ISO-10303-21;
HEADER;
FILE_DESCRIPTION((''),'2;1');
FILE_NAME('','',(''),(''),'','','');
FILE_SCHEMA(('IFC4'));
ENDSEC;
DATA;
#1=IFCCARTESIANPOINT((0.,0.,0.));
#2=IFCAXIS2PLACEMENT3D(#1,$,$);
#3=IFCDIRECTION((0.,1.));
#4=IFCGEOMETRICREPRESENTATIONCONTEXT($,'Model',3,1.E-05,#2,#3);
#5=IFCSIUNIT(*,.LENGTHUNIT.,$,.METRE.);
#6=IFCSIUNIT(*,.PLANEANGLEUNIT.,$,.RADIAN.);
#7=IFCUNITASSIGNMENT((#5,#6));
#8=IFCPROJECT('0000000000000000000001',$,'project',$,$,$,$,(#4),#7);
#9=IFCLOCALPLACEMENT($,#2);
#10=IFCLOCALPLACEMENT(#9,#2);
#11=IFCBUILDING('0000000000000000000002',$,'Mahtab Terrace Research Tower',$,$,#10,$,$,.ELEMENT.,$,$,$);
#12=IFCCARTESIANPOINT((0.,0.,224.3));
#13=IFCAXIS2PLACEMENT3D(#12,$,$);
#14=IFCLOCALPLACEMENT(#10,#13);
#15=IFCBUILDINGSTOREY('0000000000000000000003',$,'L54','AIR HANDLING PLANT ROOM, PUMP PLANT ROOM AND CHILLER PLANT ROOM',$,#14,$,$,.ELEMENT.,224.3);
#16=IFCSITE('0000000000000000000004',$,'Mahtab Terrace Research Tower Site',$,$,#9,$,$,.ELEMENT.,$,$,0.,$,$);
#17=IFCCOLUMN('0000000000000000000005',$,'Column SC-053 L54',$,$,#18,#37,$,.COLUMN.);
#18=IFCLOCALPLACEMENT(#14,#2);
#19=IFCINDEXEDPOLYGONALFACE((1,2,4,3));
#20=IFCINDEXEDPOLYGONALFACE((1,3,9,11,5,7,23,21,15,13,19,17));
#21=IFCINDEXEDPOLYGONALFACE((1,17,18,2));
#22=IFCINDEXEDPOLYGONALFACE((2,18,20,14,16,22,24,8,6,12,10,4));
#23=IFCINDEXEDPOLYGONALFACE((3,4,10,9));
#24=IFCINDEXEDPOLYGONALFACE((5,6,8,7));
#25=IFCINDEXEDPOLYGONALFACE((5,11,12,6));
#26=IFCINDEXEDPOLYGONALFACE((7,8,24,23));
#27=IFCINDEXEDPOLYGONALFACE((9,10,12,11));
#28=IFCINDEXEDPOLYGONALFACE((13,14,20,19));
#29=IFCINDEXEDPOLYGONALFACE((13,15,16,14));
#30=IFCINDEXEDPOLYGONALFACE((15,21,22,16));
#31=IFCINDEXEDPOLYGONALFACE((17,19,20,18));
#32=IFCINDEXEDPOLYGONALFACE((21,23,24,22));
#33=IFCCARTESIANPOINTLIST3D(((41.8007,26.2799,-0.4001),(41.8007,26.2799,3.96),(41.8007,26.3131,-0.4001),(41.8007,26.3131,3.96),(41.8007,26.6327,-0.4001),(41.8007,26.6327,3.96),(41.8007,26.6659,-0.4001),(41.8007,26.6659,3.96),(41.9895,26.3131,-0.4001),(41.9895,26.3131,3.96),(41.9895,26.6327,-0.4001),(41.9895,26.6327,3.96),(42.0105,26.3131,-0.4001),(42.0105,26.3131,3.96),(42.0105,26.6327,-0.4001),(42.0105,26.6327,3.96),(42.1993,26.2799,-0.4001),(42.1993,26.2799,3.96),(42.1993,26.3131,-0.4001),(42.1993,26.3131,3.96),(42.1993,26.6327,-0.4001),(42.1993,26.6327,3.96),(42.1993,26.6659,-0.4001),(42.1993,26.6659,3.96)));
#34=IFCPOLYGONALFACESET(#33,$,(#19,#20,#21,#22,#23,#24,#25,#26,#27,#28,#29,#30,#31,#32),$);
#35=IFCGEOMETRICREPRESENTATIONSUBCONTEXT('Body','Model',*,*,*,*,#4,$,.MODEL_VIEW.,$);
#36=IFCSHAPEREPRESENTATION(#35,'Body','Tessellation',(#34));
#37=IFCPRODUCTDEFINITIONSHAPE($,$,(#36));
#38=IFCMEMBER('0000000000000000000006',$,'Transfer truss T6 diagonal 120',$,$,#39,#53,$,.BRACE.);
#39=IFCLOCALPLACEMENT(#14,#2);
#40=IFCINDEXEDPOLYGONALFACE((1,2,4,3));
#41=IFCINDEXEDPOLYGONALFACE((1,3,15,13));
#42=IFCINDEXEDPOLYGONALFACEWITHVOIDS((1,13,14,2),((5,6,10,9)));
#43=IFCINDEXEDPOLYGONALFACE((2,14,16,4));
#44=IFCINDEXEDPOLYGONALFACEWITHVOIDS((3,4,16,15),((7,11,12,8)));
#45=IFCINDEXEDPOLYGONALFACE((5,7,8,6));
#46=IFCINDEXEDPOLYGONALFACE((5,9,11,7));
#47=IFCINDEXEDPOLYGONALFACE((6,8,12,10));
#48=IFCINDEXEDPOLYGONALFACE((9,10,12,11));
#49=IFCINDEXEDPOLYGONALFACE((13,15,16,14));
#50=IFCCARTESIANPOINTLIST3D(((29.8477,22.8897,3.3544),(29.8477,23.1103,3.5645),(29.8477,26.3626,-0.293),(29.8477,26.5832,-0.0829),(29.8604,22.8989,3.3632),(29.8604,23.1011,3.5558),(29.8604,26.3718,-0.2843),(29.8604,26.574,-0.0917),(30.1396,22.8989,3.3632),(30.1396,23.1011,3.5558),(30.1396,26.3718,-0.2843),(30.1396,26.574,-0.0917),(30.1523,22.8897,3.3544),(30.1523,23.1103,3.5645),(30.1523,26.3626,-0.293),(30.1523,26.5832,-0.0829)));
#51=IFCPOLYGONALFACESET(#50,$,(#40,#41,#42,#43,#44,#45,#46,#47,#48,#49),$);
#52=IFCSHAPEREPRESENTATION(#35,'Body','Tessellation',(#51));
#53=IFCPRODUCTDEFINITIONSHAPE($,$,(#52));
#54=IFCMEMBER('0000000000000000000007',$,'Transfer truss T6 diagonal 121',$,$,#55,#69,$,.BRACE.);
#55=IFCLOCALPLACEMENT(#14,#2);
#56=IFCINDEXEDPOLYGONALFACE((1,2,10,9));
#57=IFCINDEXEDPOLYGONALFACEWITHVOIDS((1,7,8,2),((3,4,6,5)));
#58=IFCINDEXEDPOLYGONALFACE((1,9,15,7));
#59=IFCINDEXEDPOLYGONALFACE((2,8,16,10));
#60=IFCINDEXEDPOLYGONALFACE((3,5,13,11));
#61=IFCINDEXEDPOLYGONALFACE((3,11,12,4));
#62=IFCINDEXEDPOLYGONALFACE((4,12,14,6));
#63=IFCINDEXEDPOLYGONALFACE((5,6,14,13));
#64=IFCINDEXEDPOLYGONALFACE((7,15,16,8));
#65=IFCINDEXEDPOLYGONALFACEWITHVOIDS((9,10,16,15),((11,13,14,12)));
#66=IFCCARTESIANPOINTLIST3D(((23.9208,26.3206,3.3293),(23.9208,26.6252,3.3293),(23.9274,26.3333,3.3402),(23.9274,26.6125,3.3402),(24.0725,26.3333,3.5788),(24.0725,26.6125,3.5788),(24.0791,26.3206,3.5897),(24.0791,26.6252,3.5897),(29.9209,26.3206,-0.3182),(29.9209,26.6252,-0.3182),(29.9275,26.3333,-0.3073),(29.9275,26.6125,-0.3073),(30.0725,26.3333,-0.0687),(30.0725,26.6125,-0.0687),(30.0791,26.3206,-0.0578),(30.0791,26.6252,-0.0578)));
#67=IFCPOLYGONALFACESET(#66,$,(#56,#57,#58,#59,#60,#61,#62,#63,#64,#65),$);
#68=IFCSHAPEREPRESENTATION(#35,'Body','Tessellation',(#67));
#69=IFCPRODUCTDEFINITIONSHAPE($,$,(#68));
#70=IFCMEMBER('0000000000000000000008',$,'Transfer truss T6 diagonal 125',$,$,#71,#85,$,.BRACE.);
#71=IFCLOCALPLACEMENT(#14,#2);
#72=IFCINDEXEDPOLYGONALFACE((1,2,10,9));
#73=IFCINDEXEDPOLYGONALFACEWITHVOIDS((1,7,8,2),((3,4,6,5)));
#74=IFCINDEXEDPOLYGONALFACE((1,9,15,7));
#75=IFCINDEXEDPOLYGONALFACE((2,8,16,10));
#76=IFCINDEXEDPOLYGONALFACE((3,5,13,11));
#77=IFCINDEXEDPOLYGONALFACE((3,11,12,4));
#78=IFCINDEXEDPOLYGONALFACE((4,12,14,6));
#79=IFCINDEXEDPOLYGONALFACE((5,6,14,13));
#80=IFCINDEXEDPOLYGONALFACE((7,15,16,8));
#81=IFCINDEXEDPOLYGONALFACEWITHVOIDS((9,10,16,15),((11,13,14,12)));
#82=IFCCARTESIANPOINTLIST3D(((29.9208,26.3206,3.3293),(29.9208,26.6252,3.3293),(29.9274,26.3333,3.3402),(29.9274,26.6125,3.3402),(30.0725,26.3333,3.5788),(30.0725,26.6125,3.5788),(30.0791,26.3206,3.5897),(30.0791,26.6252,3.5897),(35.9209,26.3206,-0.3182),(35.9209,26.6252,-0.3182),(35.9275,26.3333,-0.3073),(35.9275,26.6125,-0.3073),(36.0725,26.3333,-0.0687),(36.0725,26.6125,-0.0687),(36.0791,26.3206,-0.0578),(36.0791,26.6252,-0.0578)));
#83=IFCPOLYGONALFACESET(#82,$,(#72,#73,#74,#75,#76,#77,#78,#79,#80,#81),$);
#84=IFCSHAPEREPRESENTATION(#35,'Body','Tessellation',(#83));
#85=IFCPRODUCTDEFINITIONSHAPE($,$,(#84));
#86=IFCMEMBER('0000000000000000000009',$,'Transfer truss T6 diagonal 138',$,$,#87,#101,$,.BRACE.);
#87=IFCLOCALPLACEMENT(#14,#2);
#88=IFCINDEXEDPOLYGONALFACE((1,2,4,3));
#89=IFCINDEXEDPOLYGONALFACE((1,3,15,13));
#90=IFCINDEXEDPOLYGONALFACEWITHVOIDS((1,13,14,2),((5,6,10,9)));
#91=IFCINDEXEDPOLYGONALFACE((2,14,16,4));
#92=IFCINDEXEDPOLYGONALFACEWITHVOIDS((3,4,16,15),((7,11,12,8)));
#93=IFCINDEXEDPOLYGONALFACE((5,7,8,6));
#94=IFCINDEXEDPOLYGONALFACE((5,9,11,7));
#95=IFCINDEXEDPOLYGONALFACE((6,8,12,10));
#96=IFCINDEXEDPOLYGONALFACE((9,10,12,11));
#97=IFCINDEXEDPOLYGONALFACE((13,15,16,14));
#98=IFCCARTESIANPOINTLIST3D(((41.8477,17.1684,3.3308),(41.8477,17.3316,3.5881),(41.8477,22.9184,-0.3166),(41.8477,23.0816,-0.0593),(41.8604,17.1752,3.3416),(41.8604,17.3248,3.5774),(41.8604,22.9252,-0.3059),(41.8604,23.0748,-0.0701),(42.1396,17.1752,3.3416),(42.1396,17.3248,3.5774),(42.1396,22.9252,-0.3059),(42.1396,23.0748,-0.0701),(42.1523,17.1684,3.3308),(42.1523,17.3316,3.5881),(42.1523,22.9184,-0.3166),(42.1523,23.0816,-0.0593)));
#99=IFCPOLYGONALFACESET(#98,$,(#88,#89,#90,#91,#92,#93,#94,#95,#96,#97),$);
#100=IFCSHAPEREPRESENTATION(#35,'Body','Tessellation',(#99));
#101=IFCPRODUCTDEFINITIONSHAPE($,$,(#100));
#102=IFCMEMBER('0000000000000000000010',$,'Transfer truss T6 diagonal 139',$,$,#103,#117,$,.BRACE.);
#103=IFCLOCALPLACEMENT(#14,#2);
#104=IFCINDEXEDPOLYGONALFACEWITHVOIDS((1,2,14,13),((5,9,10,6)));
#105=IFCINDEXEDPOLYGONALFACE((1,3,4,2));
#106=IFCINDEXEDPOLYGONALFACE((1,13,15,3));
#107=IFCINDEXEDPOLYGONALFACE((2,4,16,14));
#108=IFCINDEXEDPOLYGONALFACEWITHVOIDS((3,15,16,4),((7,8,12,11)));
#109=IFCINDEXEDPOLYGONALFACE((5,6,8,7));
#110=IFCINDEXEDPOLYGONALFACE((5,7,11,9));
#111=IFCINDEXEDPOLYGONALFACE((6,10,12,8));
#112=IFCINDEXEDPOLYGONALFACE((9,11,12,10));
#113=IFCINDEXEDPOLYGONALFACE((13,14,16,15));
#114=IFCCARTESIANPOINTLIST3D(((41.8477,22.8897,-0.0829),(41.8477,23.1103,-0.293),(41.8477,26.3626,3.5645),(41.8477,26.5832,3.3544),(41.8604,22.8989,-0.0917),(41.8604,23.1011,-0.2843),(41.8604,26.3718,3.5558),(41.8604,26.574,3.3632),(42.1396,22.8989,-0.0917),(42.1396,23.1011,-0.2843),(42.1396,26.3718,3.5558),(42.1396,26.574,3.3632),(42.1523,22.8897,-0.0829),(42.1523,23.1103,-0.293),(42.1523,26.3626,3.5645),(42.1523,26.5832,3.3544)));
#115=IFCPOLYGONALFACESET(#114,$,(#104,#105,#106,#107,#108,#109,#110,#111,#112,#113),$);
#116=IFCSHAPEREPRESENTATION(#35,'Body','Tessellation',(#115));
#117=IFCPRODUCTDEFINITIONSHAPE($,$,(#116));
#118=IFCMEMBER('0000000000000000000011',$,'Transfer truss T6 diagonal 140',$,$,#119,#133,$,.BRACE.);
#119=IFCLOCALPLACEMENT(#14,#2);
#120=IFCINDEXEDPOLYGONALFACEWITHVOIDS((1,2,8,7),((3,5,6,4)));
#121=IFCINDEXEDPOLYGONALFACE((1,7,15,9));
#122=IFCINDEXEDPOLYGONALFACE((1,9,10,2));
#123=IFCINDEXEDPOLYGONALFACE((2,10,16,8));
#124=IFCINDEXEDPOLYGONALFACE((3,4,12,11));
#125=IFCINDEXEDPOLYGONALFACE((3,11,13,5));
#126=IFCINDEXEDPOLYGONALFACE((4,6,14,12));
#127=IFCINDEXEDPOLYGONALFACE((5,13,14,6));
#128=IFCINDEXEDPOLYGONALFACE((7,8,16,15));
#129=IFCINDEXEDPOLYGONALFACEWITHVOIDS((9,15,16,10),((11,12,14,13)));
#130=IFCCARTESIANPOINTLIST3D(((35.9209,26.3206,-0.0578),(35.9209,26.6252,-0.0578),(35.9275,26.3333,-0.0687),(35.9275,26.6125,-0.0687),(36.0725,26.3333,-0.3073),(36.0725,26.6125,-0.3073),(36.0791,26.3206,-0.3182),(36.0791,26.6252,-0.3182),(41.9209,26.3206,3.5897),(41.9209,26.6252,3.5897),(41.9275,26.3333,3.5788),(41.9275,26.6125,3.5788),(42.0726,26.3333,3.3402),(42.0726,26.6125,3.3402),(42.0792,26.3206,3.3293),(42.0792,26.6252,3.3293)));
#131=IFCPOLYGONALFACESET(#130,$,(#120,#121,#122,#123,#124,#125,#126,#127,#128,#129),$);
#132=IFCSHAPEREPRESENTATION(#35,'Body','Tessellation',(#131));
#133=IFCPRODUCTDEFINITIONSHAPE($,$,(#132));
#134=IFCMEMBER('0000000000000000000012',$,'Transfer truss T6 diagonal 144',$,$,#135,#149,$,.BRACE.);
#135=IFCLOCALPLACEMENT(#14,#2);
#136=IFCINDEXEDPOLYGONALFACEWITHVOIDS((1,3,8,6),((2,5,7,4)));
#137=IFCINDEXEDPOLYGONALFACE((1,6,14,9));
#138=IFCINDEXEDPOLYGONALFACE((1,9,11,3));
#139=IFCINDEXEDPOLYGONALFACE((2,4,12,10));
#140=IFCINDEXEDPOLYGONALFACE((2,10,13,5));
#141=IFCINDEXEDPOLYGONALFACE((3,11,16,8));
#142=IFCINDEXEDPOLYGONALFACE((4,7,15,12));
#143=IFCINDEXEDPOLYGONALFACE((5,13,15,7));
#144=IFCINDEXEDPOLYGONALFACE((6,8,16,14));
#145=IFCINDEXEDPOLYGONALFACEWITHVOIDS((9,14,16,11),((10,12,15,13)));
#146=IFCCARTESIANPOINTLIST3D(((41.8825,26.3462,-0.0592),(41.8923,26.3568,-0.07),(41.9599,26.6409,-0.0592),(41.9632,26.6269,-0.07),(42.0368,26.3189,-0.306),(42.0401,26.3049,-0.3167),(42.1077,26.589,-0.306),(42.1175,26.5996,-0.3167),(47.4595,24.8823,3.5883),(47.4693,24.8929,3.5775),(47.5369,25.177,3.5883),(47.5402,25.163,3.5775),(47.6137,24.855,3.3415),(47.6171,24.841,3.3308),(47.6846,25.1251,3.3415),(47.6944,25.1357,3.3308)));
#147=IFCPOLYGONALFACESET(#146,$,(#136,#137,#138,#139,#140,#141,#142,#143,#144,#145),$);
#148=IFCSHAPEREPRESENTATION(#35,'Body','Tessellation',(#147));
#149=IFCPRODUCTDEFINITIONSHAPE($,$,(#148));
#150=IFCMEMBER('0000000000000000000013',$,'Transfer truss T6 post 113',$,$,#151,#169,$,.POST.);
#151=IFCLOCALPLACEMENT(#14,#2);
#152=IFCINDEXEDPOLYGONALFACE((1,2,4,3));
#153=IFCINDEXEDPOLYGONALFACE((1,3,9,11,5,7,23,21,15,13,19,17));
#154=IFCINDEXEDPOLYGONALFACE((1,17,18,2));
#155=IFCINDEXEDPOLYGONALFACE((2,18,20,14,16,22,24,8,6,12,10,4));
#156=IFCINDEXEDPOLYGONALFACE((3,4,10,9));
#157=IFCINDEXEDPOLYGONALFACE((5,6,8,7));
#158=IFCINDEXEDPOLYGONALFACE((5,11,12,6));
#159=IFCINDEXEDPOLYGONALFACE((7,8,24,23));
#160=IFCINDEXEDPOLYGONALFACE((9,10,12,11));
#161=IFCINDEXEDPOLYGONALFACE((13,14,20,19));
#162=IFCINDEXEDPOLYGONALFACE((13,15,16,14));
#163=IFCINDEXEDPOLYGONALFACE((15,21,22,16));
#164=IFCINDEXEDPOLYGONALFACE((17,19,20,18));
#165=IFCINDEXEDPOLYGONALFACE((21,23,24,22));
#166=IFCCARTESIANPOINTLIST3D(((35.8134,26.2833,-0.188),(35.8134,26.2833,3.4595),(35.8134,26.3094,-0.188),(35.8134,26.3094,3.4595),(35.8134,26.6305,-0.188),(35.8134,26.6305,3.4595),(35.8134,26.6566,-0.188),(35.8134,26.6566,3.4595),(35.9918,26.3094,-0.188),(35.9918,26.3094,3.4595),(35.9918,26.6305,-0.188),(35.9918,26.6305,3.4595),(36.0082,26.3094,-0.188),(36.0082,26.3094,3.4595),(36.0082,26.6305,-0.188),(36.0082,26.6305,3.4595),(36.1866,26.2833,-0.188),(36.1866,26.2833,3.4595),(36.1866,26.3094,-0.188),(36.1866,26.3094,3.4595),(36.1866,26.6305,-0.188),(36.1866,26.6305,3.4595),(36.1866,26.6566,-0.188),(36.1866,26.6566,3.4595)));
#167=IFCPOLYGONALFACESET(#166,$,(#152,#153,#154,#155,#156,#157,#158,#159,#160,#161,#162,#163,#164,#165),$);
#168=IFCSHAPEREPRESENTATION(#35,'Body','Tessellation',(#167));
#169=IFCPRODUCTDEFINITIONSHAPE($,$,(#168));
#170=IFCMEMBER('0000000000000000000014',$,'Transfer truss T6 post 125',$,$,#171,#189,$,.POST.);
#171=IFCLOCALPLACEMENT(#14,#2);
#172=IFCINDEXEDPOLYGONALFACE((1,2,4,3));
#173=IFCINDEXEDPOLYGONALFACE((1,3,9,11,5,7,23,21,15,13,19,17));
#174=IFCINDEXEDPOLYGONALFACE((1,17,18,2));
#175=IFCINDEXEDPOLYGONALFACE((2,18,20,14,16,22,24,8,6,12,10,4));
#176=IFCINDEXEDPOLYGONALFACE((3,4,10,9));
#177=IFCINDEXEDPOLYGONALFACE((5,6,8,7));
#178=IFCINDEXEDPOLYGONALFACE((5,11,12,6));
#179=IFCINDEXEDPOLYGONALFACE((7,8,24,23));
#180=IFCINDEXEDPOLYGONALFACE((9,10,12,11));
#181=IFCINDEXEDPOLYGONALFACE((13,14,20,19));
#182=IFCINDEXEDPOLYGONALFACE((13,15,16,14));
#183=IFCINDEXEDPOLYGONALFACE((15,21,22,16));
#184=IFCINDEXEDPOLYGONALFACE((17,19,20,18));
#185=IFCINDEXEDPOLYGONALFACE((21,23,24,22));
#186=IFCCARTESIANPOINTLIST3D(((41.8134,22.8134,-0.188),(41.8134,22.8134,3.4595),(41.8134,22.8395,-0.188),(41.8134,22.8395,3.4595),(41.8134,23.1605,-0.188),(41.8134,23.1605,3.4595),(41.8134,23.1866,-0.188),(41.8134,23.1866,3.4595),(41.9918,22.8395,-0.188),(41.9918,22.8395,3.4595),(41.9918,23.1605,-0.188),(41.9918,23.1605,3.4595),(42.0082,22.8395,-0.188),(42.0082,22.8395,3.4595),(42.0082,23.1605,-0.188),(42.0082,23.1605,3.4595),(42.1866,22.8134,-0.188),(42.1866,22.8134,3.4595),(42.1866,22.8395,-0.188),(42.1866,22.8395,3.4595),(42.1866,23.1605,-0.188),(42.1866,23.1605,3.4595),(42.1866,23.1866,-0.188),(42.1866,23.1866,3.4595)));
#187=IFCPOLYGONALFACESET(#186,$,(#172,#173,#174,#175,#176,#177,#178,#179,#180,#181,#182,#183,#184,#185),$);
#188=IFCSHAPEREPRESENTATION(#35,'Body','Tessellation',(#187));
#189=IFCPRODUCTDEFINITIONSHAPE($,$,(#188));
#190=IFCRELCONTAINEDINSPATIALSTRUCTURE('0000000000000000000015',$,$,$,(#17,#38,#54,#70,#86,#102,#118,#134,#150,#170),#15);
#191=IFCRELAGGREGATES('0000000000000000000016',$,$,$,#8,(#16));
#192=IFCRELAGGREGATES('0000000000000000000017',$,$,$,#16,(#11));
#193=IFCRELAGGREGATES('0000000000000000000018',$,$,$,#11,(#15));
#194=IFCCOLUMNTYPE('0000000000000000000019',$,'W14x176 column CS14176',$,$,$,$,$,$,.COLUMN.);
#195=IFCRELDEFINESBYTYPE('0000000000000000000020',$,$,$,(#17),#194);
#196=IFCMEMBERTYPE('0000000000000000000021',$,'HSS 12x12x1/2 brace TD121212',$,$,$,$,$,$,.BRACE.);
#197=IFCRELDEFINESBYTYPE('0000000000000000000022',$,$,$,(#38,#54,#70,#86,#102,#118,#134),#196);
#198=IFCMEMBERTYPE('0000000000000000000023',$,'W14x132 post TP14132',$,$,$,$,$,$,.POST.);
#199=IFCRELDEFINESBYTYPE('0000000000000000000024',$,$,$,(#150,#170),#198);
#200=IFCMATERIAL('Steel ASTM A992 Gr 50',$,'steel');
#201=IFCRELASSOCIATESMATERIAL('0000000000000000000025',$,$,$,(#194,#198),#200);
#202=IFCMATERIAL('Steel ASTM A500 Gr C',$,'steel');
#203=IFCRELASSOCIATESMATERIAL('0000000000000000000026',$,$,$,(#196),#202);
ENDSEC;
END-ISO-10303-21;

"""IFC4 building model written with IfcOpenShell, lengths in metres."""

from ifc_helpers import new_model, si_unit, direction, frame, origin, origin_2d, place, context, subcontext, project, spatial, hollow_rectangle, i_section, extrude, material, material_profile, profile_set, type_object, element, save


model = new_model("IFC4")

# Units and contexts
model_context = context("Model", 3, precision=1e-05, world=origin(), true_north=direction((0.0, 1.0)))
body_context = subcontext(model_context, "Body", "Model", "MODEL_VIEW")
ifc_project = project(units=[si_unit("LENGTHUNIT", "METRE"), si_unit("PLANEANGLEUNIT", "RADIAN")], contexts=[model_context])

# Site, building, storey
site_placement = place(None, origin())
site = spatial("IfcSite", under=ifc_project, at=site_placement, Name="Mahtab Terrace Research Tower Site", CompositionType="ELEMENT", RefElevation=0.0)
building_placement = place(site_placement, origin())
building = spatial("IfcBuilding", under=site, at=building_placement, Name="Mahtab Terrace Research Tower", CompositionType="ELEMENT")
storey_placement = place(building_placement, frame((0.0, 0.0, 224.3)))
storey = spatial("IfcBuildingStorey", under=building, at=storey_placement, Name="L54", Description="AIR HANDLING PLANT ROOM, PUMP PLANT ROOM AND CHILLER PLANT ROOM", CompositionType="ELEMENT", Elevation=224.3)

# Column
ifc_material_1 = material(Name="Steel ASTM A992 Gr 50", Category="steel")
ifc_material_profile_1 = material_profile(ifc_material_1, i_section(OverallWidth=0.3987, OverallDepth=0.386, WebThickness=0.021, FlangeThickness=0.0332, at=origin_2d()), Name="W14X176")
ifc_profile_set_1 = profile_set([ifc_material_profile_1], Name="Steel ASTM A992 Gr 50")
column_type = type_object("IfcColumnType", Name="W14x176 column CS14176", PredefinedType="COLUMN", material=ifc_profile_set_1)
column_placement = place(storey_placement, frame((42.0, 26.4729, -0.4001), z_axis=(0.0, 0.0, 1.0), x_axis=(1.0, 0.0, 0.0)))
element("IfcColumn", 1, at=column_placement, inside=storey, type_object=column_type, Name="Column SC-053 L54", PredefinedType="COLUMN", context=body_context, shape_type="SweptSolid", body=[
    extrude(i_section(OverallWidth=0.3987, OverallDepth=0.386, WebThickness=0.021, FlangeThickness=0.0332, at=origin_2d()), origin(), (0.0, 0.0, 1.0), 4.3601),
])

# Members
ifc_material_2 = material(Name="Steel ASTM A500 Gr C", Category="steel")
ifc_material_profile_2 = material_profile(ifc_material_2, hollow_rectangle(XDim=0.3047, YDim=0.3047, WallThickness=0.0127, at=origin_2d()), Name="HSS12X12X1/2")
ifc_profile_set_2 = profile_set([ifc_material_profile_2], Name="Steel ASTM A500 Gr C")
member_type_1 = type_object("IfcMemberType", Name="HSS 12x12x1/2 brace TD121212", PredefinedType="BRACE", material=ifc_profile_set_2)
member_1_placement = place(storey_placement, frame((30.0, 26.4729, -0.188), z_axis=(0.0, -0.689564, 0.724224), x_axis=(1.0, 0.0, 0.0)))
element("IfcMember", 2, at=member_1_placement, inside=storey, type_object=member_type_1, Name="Transfer truss T6 diagonal 120", PredefinedType="BRACE", context=body_context, shape_type="SweptSolid", body=[
    extrude(hollow_rectangle(XDim=0.3047, YDim=0.3047, WallThickness=0.0127, at=origin_2d()), origin(), (0.0, 0.0, 1.0), 5.0364),
])
for number, where, z_axis, x_axis, name in (
    (3, (30.0, 26.4729, -0.188), (-0.854497, 0.0, 0.519457), (0.0, -1.0, 0.0), "Transfer truss T6 diagonal 121"),
    (4, (36.0, 26.4729, -0.188), (-0.854497, 0.0, 0.519457), (0.0, -1.0, 0.0), "Transfer truss T6 diagonal 125"),
):
    element("IfcMember", number, at=place(storey_placement, frame(where, z_axis=z_axis, x_axis=x_axis)), inside=storey, type_object=member_type_1, Name=name, PredefinedType="BRACE", context=body_context, shape_type="SweptSolid", body=[
        extrude(hollow_rectangle(XDim=0.3047, YDim=0.3047, WallThickness=0.0127, at=origin_2d()), origin(), (0.0, 0.0, 1.0), 7.0217),
    ])
member_2_placement = place(storey_placement, frame((42.0, 23.0, -0.188), z_axis=(0.0, -0.844434, 0.535659), x_axis=(1.0, 0.0, 0.0)))
element("IfcMember", 5, at=member_2_placement, inside=storey, type_object=member_type_1, Name="Transfer truss T6 diagonal 138", PredefinedType="BRACE", context=body_context, shape_type="SweptSolid", body=[
    extrude(hollow_rectangle(XDim=0.3047, YDim=0.3047, WallThickness=0.0127, at=origin_2d()), origin(), (0.0, 0.0, 1.0), 6.8093),
])
member_3_placement = place(storey_placement, frame((42.0, 23.0, -0.188), z_axis=(0.0, 0.689564, 0.724224), x_axis=(-1.0, 0.0, 0.0)))
element("IfcMember", 6, at=member_3_placement, inside=storey, type_object=member_type_1, Name="Transfer truss T6 diagonal 139", PredefinedType="BRACE", context=body_context, shape_type="SweptSolid", body=[
    extrude(hollow_rectangle(XDim=0.3047, YDim=0.3047, WallThickness=0.0127, at=origin_2d()), origin(), (0.0, 0.0, 1.0), 5.0364),
])
member_4_placement = place(storey_placement, frame((36.0, 26.4729, -0.188), z_axis=(0.854497, 0.0, 0.519457), x_axis=(0.0, 1.0, 0.0)))
element("IfcMember", 7, at=member_4_placement, inside=storey, type_object=member_type_1, Name="Transfer truss T6 diagonal 140", PredefinedType="BRACE", context=body_context, shape_type="SweptSolid", body=[
    extrude(hollow_rectangle(XDim=0.3047, YDim=0.3047, WallThickness=0.0127, at=origin_2d()), origin(), (0.0, 0.0, 1.0), 7.0217),
])
member_5_placement = place(storey_placement, frame((42.0, 26.4729, -0.188), z_axis=(0.817409, -0.214559, 0.53461), x_axis=(0.253887, 0.967234, 0.0)))
element("IfcMember", 8, at=member_5_placement, inside=storey, type_object=member_type_1, Name="Transfer truss T6 diagonal 144", PredefinedType="BRACE", context=body_context, shape_type="SweptSolid", body=[
    extrude(hollow_rectangle(XDim=0.3047, YDim=0.3047, WallThickness=0.0127, at=origin_2d()), origin(), (0.0, 0.0, 1.0), 6.8228),
])
ifc_material_profile_3 = material_profile(ifc_material_1, i_section(OverallWidth=0.3733, OverallDepth=0.3733, WebThickness=0.0164, FlangeThickness=0.0261, at=origin_2d()), Name="W14X132")
ifc_profile_set_3 = profile_set([ifc_material_profile_3], Name="Steel ASTM A992 Gr 50")
member_type_2 = type_object("IfcMemberType", Name="W14x132 post TP14132", PredefinedType="POST", material=ifc_profile_set_3)
for number, where, z_axis, x_axis, name in (
    (9, (36.0, 26.47, -0.188), (0.0, 0.0, 1.0), (1.0, 0.0, 0.0), "Transfer truss T6 post 113"),
    (10, (42.0, 23.0, -0.188), (0.0, 0.0, 1.0), (1.0, 0.0, 0.0), "Transfer truss T6 post 125"),
):
    element("IfcMember", number, at=place(storey_placement, frame(where, z_axis=z_axis, x_axis=x_axis)), inside=storey, type_object=member_type_2, Name=name, PredefinedType="POST", context=body_context, shape_type="SweptSolid", body=[
        extrude(i_section(OverallWidth=0.3733, OverallDepth=0.3733, WebThickness=0.0164, FlangeThickness=0.0261, at=origin_2d()), origin(), (0.0, 0.0, 1.0), 3.6475),
    ])

save(model, "model.ifc")
